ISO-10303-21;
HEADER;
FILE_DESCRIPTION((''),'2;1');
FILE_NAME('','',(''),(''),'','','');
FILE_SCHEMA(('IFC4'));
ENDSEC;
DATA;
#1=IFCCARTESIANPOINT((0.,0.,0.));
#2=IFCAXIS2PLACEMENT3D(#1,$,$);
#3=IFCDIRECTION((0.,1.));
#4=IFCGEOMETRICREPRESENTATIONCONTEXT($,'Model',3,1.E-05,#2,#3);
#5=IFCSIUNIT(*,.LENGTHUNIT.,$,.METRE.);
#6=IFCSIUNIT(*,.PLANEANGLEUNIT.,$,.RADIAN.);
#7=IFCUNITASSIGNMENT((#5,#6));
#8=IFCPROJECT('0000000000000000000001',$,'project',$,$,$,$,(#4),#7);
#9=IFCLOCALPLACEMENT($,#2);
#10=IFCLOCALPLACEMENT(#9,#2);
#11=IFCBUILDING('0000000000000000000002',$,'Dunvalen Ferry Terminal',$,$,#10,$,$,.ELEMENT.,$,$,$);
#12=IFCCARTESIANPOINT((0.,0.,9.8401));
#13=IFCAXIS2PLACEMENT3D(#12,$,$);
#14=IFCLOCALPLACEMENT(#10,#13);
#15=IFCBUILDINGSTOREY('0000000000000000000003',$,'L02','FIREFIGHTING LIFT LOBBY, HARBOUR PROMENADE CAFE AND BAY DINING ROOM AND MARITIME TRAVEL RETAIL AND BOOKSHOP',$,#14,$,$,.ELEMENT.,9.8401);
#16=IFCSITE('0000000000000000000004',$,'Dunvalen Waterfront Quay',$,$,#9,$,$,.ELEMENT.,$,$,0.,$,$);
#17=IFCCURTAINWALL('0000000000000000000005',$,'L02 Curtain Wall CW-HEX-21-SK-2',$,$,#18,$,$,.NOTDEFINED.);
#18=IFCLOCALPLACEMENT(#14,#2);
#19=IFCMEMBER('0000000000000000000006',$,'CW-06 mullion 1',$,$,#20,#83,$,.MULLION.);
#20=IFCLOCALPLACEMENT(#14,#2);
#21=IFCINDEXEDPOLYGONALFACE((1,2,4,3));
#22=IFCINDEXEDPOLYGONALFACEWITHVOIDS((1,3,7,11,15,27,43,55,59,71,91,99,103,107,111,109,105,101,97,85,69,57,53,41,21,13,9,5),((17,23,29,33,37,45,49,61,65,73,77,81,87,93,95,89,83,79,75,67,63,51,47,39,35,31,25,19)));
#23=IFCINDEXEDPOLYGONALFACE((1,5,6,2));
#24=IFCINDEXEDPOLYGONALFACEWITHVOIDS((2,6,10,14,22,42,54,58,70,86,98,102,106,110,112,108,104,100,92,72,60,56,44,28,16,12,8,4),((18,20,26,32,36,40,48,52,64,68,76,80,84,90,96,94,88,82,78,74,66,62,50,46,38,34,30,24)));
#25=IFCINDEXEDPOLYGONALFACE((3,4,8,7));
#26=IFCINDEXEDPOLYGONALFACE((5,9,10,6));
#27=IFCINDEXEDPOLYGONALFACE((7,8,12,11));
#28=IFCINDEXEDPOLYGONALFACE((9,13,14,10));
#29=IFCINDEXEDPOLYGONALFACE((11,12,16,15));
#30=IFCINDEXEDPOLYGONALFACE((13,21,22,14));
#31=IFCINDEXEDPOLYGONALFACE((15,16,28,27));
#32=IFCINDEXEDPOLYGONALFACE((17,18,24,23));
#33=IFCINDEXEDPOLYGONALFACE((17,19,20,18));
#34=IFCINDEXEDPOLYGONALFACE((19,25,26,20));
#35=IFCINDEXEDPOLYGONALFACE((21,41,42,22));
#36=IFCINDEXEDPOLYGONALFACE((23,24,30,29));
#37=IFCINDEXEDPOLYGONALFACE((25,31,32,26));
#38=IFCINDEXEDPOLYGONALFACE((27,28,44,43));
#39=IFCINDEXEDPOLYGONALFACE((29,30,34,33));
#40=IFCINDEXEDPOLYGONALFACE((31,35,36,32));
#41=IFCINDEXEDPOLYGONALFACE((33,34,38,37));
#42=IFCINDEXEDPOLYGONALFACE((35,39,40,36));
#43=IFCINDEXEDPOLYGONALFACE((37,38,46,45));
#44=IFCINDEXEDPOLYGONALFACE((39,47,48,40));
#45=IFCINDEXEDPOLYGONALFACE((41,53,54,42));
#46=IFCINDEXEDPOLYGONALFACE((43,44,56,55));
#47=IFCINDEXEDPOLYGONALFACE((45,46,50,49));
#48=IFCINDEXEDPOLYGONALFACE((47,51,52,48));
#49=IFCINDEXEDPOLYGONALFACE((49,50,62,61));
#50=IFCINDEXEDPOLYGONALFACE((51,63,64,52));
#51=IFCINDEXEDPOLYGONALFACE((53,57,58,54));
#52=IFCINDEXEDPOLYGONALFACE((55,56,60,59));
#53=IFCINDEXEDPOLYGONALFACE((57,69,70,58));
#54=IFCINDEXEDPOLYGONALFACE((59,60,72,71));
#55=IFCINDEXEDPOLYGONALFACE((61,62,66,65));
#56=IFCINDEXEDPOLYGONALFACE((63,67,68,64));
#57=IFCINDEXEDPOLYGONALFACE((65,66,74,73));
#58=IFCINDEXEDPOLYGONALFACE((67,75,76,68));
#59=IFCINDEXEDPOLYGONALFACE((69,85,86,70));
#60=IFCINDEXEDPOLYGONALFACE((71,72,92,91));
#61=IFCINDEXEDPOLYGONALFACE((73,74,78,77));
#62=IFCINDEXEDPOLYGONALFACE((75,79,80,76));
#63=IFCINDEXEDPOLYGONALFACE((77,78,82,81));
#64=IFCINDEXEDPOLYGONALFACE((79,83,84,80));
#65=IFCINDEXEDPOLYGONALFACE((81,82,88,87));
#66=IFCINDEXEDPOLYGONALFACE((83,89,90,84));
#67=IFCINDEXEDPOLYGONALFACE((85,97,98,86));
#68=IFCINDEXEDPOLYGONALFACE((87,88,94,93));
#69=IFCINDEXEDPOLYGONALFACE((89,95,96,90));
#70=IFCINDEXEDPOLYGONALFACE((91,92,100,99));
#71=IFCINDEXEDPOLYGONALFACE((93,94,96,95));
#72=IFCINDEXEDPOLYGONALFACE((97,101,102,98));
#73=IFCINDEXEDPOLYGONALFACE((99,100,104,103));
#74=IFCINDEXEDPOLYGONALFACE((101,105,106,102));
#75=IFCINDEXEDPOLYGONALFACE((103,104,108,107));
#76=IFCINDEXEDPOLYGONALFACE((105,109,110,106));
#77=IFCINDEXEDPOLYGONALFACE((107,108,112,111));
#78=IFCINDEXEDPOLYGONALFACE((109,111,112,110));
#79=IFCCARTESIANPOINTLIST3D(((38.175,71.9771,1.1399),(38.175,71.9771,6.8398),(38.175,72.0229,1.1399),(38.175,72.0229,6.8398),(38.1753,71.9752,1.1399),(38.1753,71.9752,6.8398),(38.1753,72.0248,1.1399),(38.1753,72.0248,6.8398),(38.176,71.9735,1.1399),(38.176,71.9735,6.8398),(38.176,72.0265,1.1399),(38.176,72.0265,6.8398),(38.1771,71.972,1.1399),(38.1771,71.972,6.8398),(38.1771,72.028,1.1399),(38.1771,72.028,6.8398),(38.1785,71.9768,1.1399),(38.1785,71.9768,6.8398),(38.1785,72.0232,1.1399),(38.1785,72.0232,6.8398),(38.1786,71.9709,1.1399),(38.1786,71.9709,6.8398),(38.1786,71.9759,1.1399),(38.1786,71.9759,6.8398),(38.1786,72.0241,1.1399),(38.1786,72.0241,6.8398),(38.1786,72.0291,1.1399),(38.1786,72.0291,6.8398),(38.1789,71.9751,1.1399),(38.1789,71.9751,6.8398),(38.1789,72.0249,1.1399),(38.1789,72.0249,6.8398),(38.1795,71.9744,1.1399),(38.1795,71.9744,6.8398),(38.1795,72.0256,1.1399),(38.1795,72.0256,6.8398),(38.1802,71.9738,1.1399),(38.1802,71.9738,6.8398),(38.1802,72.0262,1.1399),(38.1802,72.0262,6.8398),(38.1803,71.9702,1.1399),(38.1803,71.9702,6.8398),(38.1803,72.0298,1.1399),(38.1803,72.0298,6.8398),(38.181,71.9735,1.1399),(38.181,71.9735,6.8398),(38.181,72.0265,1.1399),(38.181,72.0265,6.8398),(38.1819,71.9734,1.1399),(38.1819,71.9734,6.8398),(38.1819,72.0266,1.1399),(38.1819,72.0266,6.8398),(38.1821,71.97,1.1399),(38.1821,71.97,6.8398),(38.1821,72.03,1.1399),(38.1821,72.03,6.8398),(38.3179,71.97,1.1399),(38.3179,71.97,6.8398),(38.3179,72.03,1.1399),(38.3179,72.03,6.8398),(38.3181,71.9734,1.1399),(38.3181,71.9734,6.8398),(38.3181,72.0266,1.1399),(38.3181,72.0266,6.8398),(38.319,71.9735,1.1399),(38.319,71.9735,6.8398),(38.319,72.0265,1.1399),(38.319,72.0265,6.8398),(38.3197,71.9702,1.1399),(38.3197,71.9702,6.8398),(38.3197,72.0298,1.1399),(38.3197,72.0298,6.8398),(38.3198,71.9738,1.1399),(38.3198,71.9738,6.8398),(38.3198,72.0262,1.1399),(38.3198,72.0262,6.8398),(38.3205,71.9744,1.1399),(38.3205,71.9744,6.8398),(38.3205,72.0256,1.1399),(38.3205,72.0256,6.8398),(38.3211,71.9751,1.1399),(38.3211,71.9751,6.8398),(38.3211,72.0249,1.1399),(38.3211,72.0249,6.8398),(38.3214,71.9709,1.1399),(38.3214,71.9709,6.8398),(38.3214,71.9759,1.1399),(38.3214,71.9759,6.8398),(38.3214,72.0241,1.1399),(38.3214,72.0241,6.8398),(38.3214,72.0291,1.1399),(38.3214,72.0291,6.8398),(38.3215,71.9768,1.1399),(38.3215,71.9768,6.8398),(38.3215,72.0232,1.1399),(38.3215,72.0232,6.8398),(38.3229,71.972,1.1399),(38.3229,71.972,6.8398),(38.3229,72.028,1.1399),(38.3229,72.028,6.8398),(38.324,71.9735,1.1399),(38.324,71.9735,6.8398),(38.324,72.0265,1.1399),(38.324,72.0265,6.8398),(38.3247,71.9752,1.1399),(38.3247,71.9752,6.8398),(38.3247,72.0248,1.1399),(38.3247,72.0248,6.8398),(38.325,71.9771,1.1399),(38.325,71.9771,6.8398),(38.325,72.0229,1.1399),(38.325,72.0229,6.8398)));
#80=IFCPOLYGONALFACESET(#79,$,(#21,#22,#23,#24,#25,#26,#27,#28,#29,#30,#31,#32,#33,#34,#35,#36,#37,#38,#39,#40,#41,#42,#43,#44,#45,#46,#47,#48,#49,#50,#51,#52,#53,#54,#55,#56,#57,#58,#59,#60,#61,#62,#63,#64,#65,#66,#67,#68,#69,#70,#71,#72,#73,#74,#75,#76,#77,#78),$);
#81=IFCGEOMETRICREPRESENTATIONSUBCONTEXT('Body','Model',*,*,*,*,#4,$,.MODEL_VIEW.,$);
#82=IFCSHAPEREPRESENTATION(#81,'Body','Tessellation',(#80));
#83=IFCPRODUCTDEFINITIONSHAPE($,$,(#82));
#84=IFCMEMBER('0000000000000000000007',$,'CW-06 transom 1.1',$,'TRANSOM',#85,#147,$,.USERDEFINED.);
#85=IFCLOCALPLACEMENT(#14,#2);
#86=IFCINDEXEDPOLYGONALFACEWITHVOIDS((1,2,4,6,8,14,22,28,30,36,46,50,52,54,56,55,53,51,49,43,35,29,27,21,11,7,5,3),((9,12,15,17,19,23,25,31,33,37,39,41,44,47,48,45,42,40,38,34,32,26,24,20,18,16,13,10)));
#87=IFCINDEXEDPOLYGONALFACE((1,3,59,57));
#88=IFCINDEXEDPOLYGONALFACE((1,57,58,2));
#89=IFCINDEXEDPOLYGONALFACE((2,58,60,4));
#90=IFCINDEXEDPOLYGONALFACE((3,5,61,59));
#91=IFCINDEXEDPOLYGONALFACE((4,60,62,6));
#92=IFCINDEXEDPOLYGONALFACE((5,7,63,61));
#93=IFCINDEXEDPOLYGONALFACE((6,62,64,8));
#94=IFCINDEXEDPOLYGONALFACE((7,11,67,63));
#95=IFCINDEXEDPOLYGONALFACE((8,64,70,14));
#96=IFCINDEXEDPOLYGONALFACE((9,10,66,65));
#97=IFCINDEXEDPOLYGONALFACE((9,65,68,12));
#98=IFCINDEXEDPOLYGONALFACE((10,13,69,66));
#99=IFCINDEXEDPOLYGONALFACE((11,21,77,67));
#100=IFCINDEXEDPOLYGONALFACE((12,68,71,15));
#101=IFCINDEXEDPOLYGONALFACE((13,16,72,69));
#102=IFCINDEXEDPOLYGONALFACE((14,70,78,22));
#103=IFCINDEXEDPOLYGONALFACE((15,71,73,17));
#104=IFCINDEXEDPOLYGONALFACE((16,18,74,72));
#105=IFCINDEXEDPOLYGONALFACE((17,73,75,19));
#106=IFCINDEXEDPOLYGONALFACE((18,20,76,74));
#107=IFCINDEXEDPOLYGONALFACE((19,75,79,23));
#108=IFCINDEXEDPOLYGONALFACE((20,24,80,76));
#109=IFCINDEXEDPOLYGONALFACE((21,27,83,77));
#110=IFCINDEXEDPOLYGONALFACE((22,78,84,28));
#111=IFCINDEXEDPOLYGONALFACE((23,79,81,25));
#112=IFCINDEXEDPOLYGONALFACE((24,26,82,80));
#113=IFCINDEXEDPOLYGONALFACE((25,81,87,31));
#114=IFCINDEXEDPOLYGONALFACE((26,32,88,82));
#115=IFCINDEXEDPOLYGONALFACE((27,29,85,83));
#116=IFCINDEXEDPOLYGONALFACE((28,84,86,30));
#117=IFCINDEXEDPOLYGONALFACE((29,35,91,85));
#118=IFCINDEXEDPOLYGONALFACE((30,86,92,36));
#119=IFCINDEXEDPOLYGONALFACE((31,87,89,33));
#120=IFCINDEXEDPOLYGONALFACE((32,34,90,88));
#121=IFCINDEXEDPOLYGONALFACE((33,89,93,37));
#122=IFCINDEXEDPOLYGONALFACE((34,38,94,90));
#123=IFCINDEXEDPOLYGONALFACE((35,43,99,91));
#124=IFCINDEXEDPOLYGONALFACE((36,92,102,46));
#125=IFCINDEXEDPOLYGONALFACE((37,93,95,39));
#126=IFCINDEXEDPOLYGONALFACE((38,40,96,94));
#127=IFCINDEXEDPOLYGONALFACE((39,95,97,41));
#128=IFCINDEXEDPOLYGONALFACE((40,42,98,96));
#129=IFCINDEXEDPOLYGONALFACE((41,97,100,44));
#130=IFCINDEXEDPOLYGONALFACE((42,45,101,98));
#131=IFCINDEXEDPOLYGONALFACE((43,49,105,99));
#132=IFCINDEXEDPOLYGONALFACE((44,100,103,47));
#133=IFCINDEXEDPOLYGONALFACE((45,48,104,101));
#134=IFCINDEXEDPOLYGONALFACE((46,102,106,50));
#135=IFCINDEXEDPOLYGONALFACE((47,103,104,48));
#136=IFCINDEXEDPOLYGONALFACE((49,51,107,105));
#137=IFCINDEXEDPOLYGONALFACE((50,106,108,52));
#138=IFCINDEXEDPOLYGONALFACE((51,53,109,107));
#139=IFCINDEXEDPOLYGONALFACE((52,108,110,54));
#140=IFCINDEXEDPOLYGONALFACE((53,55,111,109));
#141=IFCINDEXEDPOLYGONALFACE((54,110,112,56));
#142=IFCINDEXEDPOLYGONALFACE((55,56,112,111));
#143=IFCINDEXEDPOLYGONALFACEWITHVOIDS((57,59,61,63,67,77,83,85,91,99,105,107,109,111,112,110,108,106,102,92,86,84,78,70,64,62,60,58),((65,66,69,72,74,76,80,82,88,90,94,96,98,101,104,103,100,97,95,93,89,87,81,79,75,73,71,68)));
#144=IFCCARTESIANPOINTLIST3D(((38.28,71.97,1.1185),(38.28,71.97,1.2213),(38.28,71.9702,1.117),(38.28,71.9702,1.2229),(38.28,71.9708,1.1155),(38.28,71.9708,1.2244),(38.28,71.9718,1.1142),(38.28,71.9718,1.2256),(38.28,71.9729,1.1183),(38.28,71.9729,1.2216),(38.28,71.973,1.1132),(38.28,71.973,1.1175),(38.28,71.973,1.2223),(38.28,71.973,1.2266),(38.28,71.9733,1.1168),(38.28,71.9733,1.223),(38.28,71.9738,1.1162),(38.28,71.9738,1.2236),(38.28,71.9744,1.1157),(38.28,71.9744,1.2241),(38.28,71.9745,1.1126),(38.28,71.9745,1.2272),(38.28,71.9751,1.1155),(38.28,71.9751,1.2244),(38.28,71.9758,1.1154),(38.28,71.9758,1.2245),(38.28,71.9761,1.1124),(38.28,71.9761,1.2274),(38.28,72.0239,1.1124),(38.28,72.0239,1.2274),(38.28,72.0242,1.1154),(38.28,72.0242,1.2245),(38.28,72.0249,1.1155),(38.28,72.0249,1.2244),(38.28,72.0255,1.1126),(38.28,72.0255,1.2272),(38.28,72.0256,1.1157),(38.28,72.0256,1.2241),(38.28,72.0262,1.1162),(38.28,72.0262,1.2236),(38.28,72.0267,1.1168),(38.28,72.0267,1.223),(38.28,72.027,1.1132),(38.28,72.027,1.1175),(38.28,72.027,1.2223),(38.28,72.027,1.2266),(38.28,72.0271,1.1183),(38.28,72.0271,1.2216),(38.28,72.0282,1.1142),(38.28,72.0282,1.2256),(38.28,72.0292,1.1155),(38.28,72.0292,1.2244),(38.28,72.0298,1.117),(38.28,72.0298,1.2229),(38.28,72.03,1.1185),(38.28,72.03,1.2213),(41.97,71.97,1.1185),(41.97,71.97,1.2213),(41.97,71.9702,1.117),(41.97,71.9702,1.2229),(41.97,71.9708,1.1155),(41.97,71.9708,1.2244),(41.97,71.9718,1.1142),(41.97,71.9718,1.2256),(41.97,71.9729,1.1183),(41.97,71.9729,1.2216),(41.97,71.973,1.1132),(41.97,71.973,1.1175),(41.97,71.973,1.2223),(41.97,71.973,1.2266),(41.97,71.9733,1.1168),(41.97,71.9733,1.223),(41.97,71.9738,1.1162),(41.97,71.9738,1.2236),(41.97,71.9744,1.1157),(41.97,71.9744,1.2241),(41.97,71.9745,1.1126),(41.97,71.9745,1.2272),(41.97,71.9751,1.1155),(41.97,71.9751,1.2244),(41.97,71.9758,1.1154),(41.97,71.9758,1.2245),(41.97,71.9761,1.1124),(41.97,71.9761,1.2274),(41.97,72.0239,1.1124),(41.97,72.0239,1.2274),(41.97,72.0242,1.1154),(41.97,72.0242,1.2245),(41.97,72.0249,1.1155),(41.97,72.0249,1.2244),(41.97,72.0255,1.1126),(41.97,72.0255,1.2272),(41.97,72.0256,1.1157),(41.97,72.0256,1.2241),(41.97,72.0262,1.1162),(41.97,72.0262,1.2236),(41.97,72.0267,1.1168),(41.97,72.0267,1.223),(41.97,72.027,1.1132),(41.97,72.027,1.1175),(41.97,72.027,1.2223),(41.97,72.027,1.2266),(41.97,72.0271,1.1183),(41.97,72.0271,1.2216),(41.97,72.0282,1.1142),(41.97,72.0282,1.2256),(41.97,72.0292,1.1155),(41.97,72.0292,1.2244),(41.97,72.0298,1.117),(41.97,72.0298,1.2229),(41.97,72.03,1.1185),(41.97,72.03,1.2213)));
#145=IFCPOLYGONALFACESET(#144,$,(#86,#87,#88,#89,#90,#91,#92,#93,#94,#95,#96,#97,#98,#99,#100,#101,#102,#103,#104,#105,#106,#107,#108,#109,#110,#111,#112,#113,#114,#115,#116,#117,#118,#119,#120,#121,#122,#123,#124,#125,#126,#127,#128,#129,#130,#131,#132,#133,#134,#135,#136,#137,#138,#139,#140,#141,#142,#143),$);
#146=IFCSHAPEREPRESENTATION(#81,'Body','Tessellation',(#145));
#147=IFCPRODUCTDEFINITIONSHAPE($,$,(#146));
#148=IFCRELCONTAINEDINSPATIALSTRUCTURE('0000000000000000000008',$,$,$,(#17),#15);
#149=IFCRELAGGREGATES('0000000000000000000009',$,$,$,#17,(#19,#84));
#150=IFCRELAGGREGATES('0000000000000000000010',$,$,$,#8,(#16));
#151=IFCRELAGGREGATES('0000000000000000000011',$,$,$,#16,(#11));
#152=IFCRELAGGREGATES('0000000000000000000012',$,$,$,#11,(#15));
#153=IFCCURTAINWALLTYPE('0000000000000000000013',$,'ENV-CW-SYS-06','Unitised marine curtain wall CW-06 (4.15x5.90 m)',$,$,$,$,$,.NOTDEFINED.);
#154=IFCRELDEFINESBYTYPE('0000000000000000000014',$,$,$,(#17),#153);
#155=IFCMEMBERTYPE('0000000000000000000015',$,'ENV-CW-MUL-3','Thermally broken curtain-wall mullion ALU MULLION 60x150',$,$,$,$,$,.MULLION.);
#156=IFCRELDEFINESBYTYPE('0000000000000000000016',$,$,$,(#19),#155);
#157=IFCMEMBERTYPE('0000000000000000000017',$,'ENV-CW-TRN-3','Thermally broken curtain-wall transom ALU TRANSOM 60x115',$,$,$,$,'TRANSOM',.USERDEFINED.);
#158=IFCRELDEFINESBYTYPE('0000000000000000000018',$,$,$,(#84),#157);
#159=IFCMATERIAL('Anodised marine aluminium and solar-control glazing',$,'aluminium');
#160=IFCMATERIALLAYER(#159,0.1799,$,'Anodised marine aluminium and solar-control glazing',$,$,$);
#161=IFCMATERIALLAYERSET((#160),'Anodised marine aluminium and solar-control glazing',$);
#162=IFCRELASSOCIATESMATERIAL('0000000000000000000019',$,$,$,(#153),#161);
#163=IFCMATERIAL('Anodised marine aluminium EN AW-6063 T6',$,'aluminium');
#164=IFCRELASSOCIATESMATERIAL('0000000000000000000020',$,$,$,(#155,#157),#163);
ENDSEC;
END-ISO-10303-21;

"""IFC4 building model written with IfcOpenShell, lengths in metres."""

from ifc_helpers import new_model, si_unit, direction, frame, origin, origin_2d, place, context, subcontext, project, spatial, hollow_rectangle, extrude, material, layer, layer_set, material_profile, profile_set, type_object, element, aggregate, save


model = new_model("IFC4")

# Units and contexts
model_context = context("Model", 3, precision=1e-05, world=origin(), true_north=direction((0.0, 1.0)))
body_context = subcontext(model_context, "Body", "Model", "MODEL_VIEW")
ifc_project = project(units=[si_unit("LENGTHUNIT", "METRE"), si_unit("PLANEANGLEUNIT", "RADIAN")], contexts=[model_context])

# Site, building, storey
site_placement = place(None, origin())
site = spatial("IfcSite", under=ifc_project, at=site_placement, Name="Dunvalen Waterfront Quay", CompositionType="ELEMENT", RefElevation=0.0)
building_placement = place(site_placement, origin())
building = spatial("IfcBuilding", under=site, at=building_placement, Name="Dunvalen Ferry Terminal", CompositionType="ELEMENT")
storey_placement = place(building_placement, frame((0.0, 0.0, 9.8401)))
storey = spatial("IfcBuildingStorey", under=building, at=storey_placement, Name="L02", Description="FIREFIGHTING LIFT LOBBY, HARBOUR PROMENADE CAFE AND BAY DINING ROOM AND MARITIME TRAVEL RETAIL AND BOOKSHOP", CompositionType="ELEMENT", Elevation=9.8401)

# Curtain wall, members
ifc_material_1 = material(Name="Anodised marine aluminium and solar-control glazing", Category="aluminium")
ifc_layer_1 = layer(ifc_material_1, 0.1799, Name="Anodised marine aluminium and solar-control glazing")
ifc_layer_set_1 = layer_set([ifc_layer_1], Name="Anodised marine aluminium and solar-control glazing")
curtain_wall_type = type_object("IfcCurtainWallType", Name="ENV-CW-SYS-06", Description="Unitised marine curtain wall CW-06 (4.15x5.90 m)", PredefinedType="NOTDEFINED", material=ifc_layer_set_1)
curtain_wall_placement = place(storey_placement, origin())
curtain_wall = element("IfcCurtainWall", 1, at=curtain_wall_placement, inside=storey, type_object=curtain_wall_type, Name="L02 Curtain Wall CW-HEX-21-SK-2", PredefinedType="NOTDEFINED")
ifc_material_2 = material(Name="Anodised marine aluminium EN AW-6063 T6", Category="aluminium")
ifc_material_profile_1 = material_profile(ifc_material_2, hollow_rectangle(XDim=0.0601, YDim=0.1499, WallThickness=0.0034, InnerFilletRadius=0.0034, OuterFilletRadius=0.0071, at=origin_2d()), Name="Anodised marine aluminium EN AW-6063 T6")
ifc_profile_set_1 = profile_set([ifc_material_profile_1], Name="Anodised marine aluminium EN AW-6063 T6")
member_type_1 = type_object("IfcMemberType", Name="ENV-CW-MUL-3", Description="Thermally broken curtain-wall mullion ALU MULLION 60x150", PredefinedType="MULLION", material=ifc_profile_set_1)
member_1_placement = place(storey_placement, frame((38.25, 72.0, 1.1399), z_axis=(0.0, 0.0, 1.0), x_axis=(0.0, 1.0, 0.0)))
member_1 = element("IfcMember", 2, at=member_1_placement, type_object=member_type_1, Name="CW-06 mullion 1", PredefinedType="MULLION", context=body_context, shape_type="SweptSolid", body=[
    extrude(hollow_rectangle(XDim=0.0601, YDim=0.1499, WallThickness=0.0034, InnerFilletRadius=0.0034, OuterFilletRadius=0.0071, at=origin_2d()), origin(), (0.0, 0.0, 1.0), 5.7),
])
ifc_material_profile_2 = material_profile(ifc_material_2, hollow_rectangle(XDim=0.0601, YDim=0.115, WallThickness=0.0029, InnerFilletRadius=0.0029, OuterFilletRadius=0.0061, at=origin_2d()), Name="Anodised marine aluminium EN AW-6063 T6")
ifc_profile_set_2 = profile_set([ifc_material_profile_2], Name="Anodised marine aluminium EN AW-6063 T6")
member_type_2 = type_object("IfcMemberType", Name="ENV-CW-TRN-3", Description="Thermally broken curtain-wall transom ALU TRANSOM 60x115", ElementType="TRANSOM", PredefinedType="USERDEFINED", material=ifc_profile_set_2)
member_2_placement = place(storey_placement, frame((38.28, 72.0, 1.1699), z_axis=(1.0, 0.0, 0.0), x_axis=(0.0, 1.0, 0.0)))
member_2 = element("IfcMember", 3, at=member_2_placement, type_object=member_type_2, Name="CW-06 transom 1.1", ObjectType="TRANSOM", PredefinedType="USERDEFINED", context=body_context, shape_type="SweptSolid", body=[
    extrude(hollow_rectangle(XDim=0.0601, YDim=0.115, WallThickness=0.0029, InnerFilletRadius=0.0029, OuterFilletRadius=0.0061, at=origin_2d()), origin(), (0.0, 0.0, 1.0), 3.6899),
])

aggregate(curtain_wall, [member_1, member_2])

save(model, "model.ifc")
